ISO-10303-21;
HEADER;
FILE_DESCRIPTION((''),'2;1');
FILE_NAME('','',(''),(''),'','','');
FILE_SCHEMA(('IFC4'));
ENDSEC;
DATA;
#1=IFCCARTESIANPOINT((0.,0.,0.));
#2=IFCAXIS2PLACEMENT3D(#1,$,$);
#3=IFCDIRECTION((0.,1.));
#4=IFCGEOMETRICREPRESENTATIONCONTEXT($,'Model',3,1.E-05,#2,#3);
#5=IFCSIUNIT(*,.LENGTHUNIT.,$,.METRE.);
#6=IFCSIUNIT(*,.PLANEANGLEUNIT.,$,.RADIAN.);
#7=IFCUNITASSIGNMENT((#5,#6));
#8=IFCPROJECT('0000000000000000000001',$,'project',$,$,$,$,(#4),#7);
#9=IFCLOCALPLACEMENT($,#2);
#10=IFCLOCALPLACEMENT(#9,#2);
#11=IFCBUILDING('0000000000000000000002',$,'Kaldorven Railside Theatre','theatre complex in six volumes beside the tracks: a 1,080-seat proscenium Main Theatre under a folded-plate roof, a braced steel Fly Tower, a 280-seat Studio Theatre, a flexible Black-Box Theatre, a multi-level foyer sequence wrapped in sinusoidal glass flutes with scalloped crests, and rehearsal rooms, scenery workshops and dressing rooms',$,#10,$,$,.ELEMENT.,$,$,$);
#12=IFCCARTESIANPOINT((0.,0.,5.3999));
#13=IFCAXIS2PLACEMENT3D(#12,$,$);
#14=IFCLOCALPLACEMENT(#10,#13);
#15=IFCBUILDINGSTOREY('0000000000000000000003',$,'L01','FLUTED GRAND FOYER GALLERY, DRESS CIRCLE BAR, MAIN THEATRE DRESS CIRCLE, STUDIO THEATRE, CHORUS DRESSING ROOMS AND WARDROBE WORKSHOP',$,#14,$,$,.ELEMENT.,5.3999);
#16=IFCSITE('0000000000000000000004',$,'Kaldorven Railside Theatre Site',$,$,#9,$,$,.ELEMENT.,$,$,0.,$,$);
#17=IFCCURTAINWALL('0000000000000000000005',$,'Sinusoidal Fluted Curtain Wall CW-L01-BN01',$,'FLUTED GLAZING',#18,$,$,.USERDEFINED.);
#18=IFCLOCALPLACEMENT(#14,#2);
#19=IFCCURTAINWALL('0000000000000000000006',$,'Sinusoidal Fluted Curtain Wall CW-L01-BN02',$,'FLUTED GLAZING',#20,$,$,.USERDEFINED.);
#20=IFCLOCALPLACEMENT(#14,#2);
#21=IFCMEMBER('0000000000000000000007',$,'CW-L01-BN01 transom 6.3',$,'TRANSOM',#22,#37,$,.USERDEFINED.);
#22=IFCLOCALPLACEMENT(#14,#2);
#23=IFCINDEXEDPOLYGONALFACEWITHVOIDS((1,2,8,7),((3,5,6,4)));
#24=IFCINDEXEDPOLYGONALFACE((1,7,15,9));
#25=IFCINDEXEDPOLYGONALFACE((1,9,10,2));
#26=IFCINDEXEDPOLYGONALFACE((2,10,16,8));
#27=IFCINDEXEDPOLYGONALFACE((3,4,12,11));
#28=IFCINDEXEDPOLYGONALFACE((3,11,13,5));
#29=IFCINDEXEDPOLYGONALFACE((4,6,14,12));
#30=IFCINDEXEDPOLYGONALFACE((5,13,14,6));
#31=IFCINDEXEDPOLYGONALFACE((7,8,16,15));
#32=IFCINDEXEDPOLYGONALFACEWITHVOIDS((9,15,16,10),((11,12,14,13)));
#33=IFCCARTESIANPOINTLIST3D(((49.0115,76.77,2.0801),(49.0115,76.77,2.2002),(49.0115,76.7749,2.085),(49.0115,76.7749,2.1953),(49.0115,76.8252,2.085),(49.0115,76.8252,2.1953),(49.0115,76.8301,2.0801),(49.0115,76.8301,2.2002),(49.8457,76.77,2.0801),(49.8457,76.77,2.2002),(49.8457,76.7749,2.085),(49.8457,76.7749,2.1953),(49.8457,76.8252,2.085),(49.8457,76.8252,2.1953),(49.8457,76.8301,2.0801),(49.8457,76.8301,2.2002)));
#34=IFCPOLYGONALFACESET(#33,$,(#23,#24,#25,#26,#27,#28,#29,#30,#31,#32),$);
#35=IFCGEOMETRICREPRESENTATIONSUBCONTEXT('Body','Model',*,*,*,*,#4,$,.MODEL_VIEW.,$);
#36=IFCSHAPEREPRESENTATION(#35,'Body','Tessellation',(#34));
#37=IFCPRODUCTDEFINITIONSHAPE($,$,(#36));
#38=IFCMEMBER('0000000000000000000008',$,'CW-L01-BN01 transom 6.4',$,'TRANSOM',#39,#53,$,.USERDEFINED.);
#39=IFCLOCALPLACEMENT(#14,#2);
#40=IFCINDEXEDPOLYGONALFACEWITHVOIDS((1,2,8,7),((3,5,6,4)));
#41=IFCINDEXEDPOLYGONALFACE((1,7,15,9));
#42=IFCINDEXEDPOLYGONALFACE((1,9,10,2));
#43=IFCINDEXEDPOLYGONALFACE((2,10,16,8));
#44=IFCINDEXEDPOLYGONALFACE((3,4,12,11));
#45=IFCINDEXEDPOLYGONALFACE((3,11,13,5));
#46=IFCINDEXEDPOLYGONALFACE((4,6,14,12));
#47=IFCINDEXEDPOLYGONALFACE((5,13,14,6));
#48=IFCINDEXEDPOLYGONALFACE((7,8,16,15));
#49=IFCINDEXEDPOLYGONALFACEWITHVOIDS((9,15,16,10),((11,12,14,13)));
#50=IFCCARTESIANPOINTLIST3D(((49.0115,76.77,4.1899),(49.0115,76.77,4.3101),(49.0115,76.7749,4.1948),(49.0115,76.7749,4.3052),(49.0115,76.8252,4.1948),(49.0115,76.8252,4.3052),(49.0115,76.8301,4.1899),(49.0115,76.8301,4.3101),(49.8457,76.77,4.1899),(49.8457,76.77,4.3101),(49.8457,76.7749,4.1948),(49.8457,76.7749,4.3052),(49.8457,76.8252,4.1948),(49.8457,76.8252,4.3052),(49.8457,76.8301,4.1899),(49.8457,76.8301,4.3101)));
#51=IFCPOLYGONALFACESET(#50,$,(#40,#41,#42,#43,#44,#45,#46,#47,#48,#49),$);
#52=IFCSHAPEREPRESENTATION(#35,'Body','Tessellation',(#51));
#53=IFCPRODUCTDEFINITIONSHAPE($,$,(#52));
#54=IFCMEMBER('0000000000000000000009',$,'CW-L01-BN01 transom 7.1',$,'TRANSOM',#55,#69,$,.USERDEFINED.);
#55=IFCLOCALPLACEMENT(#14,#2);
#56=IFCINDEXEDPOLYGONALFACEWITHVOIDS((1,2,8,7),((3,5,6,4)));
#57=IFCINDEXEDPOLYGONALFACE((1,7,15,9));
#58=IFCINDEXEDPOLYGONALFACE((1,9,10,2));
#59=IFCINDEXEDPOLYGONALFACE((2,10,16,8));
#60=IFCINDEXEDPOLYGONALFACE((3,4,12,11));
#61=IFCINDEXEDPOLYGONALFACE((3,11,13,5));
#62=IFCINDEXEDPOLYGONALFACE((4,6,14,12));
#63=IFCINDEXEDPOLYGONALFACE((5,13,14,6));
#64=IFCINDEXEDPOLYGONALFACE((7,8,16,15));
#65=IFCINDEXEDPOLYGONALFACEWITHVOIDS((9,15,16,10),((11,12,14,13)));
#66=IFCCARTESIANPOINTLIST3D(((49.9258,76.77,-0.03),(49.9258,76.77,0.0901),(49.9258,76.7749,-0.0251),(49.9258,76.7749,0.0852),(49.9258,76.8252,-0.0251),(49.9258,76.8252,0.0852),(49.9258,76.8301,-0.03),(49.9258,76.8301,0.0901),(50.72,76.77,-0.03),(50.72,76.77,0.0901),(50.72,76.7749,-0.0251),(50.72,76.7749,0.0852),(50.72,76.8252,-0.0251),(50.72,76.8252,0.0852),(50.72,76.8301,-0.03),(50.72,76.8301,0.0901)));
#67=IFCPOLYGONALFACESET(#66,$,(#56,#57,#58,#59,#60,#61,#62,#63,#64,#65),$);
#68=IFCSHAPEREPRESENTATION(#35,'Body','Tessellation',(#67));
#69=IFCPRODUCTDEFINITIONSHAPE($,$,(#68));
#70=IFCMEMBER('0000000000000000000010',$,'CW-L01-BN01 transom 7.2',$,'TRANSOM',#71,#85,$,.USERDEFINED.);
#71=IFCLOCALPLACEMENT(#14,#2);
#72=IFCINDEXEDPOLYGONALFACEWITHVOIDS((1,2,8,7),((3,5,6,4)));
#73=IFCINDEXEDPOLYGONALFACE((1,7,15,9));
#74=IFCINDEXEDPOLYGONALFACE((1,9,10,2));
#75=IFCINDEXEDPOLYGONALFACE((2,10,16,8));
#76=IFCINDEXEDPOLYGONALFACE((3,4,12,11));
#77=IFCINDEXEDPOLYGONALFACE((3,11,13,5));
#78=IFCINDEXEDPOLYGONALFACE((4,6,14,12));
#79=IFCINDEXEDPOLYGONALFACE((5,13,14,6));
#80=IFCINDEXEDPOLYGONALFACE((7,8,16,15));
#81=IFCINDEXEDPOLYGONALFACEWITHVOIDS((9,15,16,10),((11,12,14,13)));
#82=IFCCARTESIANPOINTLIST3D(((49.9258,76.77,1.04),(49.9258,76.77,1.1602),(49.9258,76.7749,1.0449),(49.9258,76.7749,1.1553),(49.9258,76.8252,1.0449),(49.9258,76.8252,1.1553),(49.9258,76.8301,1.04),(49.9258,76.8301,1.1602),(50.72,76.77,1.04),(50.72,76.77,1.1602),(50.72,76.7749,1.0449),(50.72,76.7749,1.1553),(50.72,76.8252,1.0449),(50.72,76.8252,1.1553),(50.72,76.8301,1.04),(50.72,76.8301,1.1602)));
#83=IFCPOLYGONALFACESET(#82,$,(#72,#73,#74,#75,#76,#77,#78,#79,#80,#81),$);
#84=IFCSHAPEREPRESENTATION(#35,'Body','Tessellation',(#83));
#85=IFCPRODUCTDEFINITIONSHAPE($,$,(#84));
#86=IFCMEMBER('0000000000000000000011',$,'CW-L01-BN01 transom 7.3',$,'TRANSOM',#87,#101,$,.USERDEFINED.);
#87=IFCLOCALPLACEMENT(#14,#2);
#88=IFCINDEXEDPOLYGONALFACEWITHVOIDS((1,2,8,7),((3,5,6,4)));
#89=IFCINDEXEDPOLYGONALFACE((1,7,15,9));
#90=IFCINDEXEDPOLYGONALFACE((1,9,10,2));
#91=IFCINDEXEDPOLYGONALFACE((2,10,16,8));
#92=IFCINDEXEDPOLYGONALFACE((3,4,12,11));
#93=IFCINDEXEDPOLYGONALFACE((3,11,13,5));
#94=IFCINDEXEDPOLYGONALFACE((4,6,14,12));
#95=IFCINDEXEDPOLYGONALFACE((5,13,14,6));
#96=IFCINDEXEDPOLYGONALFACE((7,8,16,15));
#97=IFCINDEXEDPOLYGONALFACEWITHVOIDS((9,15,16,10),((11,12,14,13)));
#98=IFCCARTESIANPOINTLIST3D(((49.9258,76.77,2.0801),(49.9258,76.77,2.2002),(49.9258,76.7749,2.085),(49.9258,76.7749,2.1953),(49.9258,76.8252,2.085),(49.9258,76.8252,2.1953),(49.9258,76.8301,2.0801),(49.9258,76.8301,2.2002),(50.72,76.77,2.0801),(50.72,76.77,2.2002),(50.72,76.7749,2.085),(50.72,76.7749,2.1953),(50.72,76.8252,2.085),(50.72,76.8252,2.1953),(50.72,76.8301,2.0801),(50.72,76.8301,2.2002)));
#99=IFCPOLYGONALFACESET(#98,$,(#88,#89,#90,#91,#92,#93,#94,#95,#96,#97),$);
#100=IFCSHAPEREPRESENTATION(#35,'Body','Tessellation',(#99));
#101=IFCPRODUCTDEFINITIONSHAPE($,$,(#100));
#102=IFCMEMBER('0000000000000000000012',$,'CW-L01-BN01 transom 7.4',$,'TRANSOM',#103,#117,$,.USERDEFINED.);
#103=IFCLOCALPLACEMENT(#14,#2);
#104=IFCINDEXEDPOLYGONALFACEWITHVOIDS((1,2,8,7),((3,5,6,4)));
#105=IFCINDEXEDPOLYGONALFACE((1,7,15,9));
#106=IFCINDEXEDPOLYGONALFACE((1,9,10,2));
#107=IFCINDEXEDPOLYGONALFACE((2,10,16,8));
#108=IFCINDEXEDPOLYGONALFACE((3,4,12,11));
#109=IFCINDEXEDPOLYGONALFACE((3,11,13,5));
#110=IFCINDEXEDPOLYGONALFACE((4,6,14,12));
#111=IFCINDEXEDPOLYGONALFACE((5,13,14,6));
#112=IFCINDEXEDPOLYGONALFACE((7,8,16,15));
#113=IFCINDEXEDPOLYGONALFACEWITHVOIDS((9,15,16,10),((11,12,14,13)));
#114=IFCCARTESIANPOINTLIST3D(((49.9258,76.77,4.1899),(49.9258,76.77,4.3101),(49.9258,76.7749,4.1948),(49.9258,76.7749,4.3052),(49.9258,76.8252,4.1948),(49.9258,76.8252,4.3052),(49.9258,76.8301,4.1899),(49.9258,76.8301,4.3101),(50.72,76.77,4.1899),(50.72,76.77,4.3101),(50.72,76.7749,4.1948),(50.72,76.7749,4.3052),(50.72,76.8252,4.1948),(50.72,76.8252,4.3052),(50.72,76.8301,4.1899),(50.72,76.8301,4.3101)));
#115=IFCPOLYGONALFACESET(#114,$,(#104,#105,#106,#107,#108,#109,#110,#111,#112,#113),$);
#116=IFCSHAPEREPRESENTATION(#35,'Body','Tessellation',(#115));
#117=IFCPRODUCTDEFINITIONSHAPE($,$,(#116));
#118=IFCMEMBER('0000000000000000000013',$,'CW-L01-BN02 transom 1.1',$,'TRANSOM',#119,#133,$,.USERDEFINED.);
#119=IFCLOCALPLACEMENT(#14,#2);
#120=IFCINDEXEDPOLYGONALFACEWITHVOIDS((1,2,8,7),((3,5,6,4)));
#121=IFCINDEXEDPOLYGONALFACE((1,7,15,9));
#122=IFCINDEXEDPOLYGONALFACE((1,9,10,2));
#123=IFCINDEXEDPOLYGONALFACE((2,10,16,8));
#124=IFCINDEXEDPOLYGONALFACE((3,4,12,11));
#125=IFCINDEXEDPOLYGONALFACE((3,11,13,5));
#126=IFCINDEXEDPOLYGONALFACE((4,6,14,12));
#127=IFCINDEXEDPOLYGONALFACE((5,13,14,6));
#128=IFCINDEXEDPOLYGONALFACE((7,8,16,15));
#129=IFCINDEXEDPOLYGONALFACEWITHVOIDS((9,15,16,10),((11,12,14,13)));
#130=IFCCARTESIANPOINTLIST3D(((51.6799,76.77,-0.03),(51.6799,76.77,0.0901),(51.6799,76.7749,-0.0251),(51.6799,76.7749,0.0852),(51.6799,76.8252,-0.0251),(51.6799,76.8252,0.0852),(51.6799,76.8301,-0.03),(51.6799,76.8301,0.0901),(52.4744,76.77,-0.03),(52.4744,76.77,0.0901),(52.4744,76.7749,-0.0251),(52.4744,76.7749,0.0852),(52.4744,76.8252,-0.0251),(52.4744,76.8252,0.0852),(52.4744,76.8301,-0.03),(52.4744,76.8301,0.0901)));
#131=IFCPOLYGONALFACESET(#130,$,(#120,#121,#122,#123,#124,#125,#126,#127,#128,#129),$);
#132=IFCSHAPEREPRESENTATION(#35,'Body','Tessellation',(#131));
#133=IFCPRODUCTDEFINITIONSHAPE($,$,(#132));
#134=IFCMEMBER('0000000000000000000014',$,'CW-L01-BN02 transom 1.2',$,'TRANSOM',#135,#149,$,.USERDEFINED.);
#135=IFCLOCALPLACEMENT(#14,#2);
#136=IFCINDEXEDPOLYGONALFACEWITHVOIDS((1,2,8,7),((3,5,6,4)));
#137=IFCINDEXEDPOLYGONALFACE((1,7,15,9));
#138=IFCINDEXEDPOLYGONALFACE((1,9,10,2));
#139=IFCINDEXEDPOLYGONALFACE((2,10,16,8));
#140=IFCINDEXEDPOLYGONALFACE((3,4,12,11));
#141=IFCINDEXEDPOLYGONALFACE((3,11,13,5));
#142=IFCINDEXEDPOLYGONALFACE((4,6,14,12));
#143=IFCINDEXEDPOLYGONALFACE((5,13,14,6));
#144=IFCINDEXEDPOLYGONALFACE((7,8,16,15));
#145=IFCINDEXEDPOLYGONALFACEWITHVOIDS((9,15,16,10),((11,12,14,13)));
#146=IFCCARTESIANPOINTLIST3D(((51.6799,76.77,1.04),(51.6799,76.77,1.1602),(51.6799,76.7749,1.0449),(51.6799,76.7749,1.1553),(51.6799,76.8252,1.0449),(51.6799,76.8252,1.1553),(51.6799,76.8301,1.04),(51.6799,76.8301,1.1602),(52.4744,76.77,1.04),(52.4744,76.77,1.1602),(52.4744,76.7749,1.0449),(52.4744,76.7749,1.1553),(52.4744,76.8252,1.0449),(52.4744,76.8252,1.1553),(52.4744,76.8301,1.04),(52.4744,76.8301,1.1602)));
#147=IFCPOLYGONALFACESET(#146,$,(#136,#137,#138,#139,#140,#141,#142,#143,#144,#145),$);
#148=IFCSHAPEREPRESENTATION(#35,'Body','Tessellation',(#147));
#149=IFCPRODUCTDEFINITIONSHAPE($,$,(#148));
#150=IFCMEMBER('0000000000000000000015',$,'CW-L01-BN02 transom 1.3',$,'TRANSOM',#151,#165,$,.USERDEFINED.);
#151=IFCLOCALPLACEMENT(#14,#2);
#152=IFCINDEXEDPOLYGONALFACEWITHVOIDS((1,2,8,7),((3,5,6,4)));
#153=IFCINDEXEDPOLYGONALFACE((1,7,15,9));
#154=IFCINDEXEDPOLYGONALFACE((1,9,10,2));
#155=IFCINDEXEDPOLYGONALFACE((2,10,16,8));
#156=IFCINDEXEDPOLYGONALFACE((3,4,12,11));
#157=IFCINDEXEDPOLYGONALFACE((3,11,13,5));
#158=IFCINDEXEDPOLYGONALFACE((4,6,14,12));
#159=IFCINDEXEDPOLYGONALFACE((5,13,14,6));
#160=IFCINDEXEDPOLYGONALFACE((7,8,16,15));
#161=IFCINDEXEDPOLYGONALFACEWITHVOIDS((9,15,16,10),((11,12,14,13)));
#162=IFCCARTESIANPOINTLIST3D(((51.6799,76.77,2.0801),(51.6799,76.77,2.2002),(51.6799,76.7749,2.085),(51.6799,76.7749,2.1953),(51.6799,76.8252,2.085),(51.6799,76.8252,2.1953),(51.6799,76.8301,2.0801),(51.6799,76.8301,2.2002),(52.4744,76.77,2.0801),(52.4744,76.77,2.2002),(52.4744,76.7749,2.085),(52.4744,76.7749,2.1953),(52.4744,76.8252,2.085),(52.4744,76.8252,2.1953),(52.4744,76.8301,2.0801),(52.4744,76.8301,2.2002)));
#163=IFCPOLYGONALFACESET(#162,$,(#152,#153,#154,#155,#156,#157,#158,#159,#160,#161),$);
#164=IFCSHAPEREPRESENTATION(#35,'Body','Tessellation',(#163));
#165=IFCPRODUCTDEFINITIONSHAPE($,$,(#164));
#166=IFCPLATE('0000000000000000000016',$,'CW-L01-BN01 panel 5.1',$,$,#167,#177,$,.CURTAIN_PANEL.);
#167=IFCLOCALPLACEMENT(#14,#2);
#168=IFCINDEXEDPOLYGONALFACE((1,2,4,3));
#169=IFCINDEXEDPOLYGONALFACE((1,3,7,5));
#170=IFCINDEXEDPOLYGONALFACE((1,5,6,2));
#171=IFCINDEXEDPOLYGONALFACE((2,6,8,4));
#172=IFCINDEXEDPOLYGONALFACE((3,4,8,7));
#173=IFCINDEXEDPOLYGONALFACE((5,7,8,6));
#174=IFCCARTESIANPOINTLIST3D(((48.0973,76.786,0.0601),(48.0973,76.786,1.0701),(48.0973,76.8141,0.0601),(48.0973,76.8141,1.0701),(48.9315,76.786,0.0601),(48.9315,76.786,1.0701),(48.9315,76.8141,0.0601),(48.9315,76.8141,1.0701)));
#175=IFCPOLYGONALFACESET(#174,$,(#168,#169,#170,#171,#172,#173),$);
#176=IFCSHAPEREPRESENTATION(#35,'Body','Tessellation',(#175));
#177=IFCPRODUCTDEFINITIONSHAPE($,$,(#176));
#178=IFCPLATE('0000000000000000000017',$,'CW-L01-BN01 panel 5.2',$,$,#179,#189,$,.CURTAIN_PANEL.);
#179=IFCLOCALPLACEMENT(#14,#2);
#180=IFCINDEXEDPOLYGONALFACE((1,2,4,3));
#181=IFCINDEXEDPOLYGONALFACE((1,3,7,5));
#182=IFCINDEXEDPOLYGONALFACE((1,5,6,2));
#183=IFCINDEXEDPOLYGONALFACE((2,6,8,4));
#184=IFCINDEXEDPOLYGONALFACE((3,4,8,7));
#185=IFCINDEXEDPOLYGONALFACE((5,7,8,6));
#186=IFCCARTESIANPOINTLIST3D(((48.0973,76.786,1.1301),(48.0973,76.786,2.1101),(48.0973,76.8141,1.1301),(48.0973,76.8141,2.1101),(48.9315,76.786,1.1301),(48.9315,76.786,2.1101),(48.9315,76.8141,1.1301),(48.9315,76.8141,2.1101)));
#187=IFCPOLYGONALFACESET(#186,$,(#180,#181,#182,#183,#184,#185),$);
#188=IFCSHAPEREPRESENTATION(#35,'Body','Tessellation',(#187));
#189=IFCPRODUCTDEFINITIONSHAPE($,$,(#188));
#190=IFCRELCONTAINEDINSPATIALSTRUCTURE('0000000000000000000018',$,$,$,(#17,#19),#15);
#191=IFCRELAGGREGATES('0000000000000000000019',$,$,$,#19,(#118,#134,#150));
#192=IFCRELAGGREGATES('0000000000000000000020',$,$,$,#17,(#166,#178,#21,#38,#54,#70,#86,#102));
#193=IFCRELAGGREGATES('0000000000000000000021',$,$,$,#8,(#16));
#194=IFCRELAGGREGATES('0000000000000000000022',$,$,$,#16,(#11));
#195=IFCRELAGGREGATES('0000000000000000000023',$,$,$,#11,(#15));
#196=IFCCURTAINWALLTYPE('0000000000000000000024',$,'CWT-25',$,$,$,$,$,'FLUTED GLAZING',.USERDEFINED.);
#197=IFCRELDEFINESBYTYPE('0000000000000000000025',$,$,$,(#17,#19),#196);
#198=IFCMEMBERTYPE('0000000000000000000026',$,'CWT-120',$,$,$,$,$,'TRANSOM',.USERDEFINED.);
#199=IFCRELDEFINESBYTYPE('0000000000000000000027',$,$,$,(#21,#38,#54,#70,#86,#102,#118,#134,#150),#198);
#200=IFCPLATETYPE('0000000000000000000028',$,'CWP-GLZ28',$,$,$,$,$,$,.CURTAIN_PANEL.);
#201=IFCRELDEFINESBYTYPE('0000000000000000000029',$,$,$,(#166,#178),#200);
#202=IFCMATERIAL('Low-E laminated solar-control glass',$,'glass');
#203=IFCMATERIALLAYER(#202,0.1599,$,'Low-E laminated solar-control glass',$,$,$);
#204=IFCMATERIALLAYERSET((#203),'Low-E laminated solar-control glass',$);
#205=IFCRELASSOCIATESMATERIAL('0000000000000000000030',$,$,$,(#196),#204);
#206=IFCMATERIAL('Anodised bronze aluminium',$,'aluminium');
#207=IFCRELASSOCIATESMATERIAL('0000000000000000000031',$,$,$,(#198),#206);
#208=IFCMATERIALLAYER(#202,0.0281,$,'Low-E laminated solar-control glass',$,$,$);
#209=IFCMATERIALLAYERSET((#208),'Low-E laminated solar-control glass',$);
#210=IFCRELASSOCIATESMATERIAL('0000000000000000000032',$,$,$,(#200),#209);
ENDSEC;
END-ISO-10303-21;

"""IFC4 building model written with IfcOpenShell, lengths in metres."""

from ifc_helpers import new_model, si_unit, direction, frame, origin, origin_2d, place, context, subcontext, project, spatial, rectangle, hollow_rectangle, extrude, material, layer, layer_set, material_profile, profile_set, type_object, element, aggregate, save


model = new_model("IFC4")

# Units and contexts
model_context = context("Model", 3, precision=1e-05, world=origin(), true_north=direction((0.0, 1.0)))
body_context = subcontext(model_context, "Body", "Model", "MODEL_VIEW")
ifc_project = project(units=[si_unit("LENGTHUNIT", "METRE"), si_unit("PLANEANGLEUNIT", "RADIAN")], contexts=[model_context])

# Site, building, storey
site_placement = place(None, origin())
site = spatial("IfcSite", under=ifc_project, at=site_placement, Name="Kaldorven Railside Theatre Site", CompositionType="ELEMENT", RefElevation=0.0)
building_placement = place(site_placement, origin())
building = spatial("IfcBuilding", under=site, at=building_placement, Name="Kaldorven Railside Theatre", Description="theatre complex in six volumes beside the tracks: a 1,080-seat proscenium Main Theatre under a folded-plate roof, a braced steel Fly Tower, a 280-seat Studio Theatre, a flexible Black-Box Theatre, a multi-level foyer sequence wrapped in sinusoidal glass flutes with scalloped crests, and rehearsal rooms, scenery workshops and dressing rooms", CompositionType="ELEMENT")
storey_placement = place(building_placement, frame((0.0, 0.0, 5.3999)))
storey = spatial("IfcBuildingStorey", under=building, at=storey_placement, Name="L01", Description="FLUTED GRAND FOYER GALLERY, DRESS CIRCLE BAR, MAIN THEATRE DRESS CIRCLE, STUDIO THEATRE, CHORUS DRESSING ROOMS AND WARDROBE WORKSHOP", CompositionType="ELEMENT", Elevation=5.3999)

# Curtain wall
ifc_material_1 = material(Name="Low-E laminated solar-control glass", Category="glass")
ifc_layer_1 = layer(ifc_material_1, 0.1599, Name="Low-E laminated solar-control glass")
ifc_layer_set_1 = layer_set([ifc_layer_1], Name="Low-E laminated solar-control glass")
curtain_wall_type = type_object("IfcCurtainWallType", Name="CWT-25", ElementType="FLUTED GLAZING", PredefinedType="USERDEFINED", material=ifc_layer_set_1)
curtain_wall_1_placement = place(storey_placement, origin())
curtain_wall_1 = element("IfcCurtainWall", 1, at=curtain_wall_1_placement, inside=storey, type_object=curtain_wall_type, Name="Sinusoidal Fluted Curtain Wall CW-L01-BN01", ObjectType="FLUTED GLAZING", PredefinedType="USERDEFINED")
ifc_material_2 = material(Name="Anodised bronze aluminium", Category="aluminium")

# Curtain wall
curtain_wall_2_placement = place(storey_placement, origin())
curtain_wall_2 = element("IfcCurtainWall", 2, at=curtain_wall_2_placement, inside=storey, type_object=curtain_wall_type, Name="Sinusoidal Fluted Curtain Wall CW-L01-BN02", ObjectType="FLUTED GLAZING", PredefinedType="USERDEFINED")

# Members
ifc_material_profile_1 = material_profile(ifc_material_2, hollow_rectangle(XDim=0.0601, YDim=0.1201, WallThickness=0.0049, at=origin_2d()), Name="RHS 120x60x5")
ifc_profile_set_1 = profile_set([ifc_material_profile_1], Name="Anodised bronze aluminium")
member_type_1 = type_object("IfcMemberType", Name="CWT-120", ElementType="TRANSOM", PredefinedType="USERDEFINED", material=ifc_profile_set_1)
member_1_placement = place(storey_placement, frame((49.0115, 76.8, 2.1401), z_axis=(1.0, 0.0, 0.0), x_axis=(0.0, 1.0, 0.0)))
member_1 = element("IfcMember", 3, at=member_1_placement, type_object=member_type_1, Name="CW-L01-BN01 transom 6.3", ObjectType="TRANSOM", PredefinedType="USERDEFINED", context=body_context, shape_type="SweptSolid", body=[
    extrude(hollow_rectangle(XDim=0.0601, YDim=0.1201, WallThickness=0.0049, at=origin_2d()), origin(), (0.0, 0.0, 1.0), 0.8342),
])
member_2_placement = place(storey_placement, frame((49.0115, 76.8, 4.25), z_axis=(1.0, 0.0, 0.0), x_axis=(0.0, 1.0, 0.0)))
member_2 = element("IfcMember", 4, at=member_2_placement, type_object=member_type_1, Name="CW-L01-BN01 transom 6.4", ObjectType="TRANSOM", PredefinedType="USERDEFINED", context=body_context, shape_type="SweptSolid", body=[
    extrude(hollow_rectangle(XDim=0.0601, YDim=0.1201, WallThickness=0.0049, at=origin_2d()), origin(), (0.0, 0.0, 1.0), 0.8342),
])
member_3_placement = place(storey_placement, frame((49.9258, 76.8, 0.03), z_axis=(1.0, 0.0, 0.0), x_axis=(0.0, 1.0, 0.0)))
member_3 = element("IfcMember", 5, at=member_3_placement, type_object=member_type_1, Name="CW-L01-BN01 transom 7.1", ObjectType="TRANSOM", PredefinedType="USERDEFINED", context=body_context, shape_type="SweptSolid", body=[
    extrude(hollow_rectangle(XDim=0.0601, YDim=0.1201, WallThickness=0.0049, at=origin_2d()), origin(), (0.0, 0.0, 1.0), 0.7942),
])
member_4_placement = place(storey_placement, frame((49.9258, 76.8, 1.1001), z_axis=(1.0, 0.0, 0.0), x_axis=(0.0, 1.0, 0.0)))
member_4 = element("IfcMember", 6, at=member_4_placement, type_object=member_type_1, Name="CW-L01-BN01 transom 7.2", ObjectType="TRANSOM", PredefinedType="USERDEFINED", context=body_context, shape_type="SweptSolid", body=[
    extrude(hollow_rectangle(XDim=0.0601, YDim=0.1201, WallThickness=0.0049, at=origin_2d()), origin(), (0.0, 0.0, 1.0), 0.7942),
])
member_5_placement = place(storey_placement, frame((49.9258, 76.8, 2.1401), z_axis=(1.0, 0.0, 0.0), x_axis=(0.0, 1.0, 0.0)))
member_5 = element("IfcMember", 7, at=member_5_placement, type_object=member_type_1, Name="CW-L01-BN01 transom 7.3", ObjectType="TRANSOM", PredefinedType="USERDEFINED", context=body_context, shape_type="SweptSolid", body=[
    extrude(hollow_rectangle(XDim=0.0601, YDim=0.1201, WallThickness=0.0049, at=origin_2d()), origin(), (0.0, 0.0, 1.0), 0.7942),
])
member_6_placement = place(storey_placement, frame((49.9258, 76.8, 4.25), z_axis=(1.0, 0.0, 0.0), x_axis=(0.0, 1.0, 0.0)))
member_6 = element("IfcMember", 8, at=member_6_placement, type_object=member_type_1, Name="CW-L01-BN01 transom 7.4", ObjectType="TRANSOM", PredefinedType="USERDEFINED", context=body_context, shape_type="SweptSolid", body=[
    extrude(hollow_rectangle(XDim=0.0601, YDim=0.1201, WallThickness=0.0049, at=origin_2d()), origin(), (0.0, 0.0, 1.0), 0.7942),
])
member_7_placement = place(storey_placement, frame((51.6799, 76.8, 0.03), z_axis=(1.0, 0.0, 0.0), x_axis=(0.0, 1.0, 0.0)))
member_7 = element("IfcMember", 9, at=member_7_placement, type_object=member_type_1, Name="CW-L01-BN02 transom 1.1", ObjectType="TRANSOM", PredefinedType="USERDEFINED", context=body_context, shape_type="SweptSolid", body=[
    extrude(hollow_rectangle(XDim=0.0601, YDim=0.1201, WallThickness=0.0049, at=origin_2d()), origin(), (0.0, 0.0, 1.0), 0.7944),
])
member_8_placement = place(storey_placement, frame((51.6799, 76.8, 1.1001), z_axis=(1.0, 0.0, 0.0), x_axis=(0.0, 1.0, 0.0)))
member_8 = element("IfcMember", 10, at=member_8_placement, type_object=member_type_1, Name="CW-L01-BN02 transom 1.2", ObjectType="TRANSOM", PredefinedType="USERDEFINED", context=body_context, shape_type="SweptSolid", body=[
    extrude(hollow_rectangle(XDim=0.0601, YDim=0.1201, WallThickness=0.0049, at=origin_2d()), origin(), (0.0, 0.0, 1.0), 0.7944),
])
member_9_placement = place(storey_placement, frame((51.6799, 76.8, 2.1401), z_axis=(1.0, 0.0, 0.0), x_axis=(0.0, 1.0, 0.0)))
member_9 = element("IfcMember", 11, at=member_9_placement, type_object=member_type_1, Name="CW-L01-BN02 transom 1.3", ObjectType="TRANSOM", PredefinedType="USERDEFINED", context=body_context, shape_type="SweptSolid", body=[
    extrude(hollow_rectangle(XDim=0.0601, YDim=0.1201, WallThickness=0.0049, at=origin_2d()), origin(), (0.0, 0.0, 1.0), 0.7944),
])
aggregate(curtain_wall_2, [member_7, member_8, member_9])

# Plates
ifc_layer_2 = layer(ifc_material_1, 0.0281, Name="Low-E laminated solar-control glass")
ifc_layer_set_2 = layer_set([ifc_layer_2], Name="Low-E laminated solar-control glass")
plate_type = type_object("IfcPlateType", Name="CWP-GLZ28", PredefinedType="CURTAIN_PANEL", material=ifc_layer_set_2)
plate_1_placement = place(storey_placement, frame((48.5144, 76.8, 0.0601), z_axis=(0.0, 0.0, 1.0), x_axis=(1.0, 0.0, 0.0)))
plate_1 = element("IfcPlate", 12, at=plate_1_placement, type_object=plate_type, Name="CW-L01-BN01 panel 5.1", PredefinedType="CURTAIN_PANEL", context=body_context, shape_type="SweptSolid", body=[
    extrude(rectangle(XDim=0.8342, YDim=0.0281, at=origin_2d()), origin(), (0.0, 0.0, 1.0), 1.01),
])
plate_2_placement = place(storey_placement, frame((48.5144, 76.8, 1.1301), z_axis=(0.0, 0.0, 1.0), x_axis=(1.0, 0.0, 0.0)))
plate_2 = element("IfcPlate", 13, at=plate_2_placement, type_object=plate_type, Name="CW-L01-BN01 panel 5.2", PredefinedType="CURTAIN_PANEL", context=body_context, shape_type="SweptSolid", body=[
    extrude(rectangle(XDim=0.8342, YDim=0.0281, at=origin_2d()), origin(), (0.0, 0.0, 1.0), 0.98),
])
aggregate(curtain_wall_1, [plate_1, plate_2, member_1, member_2, member_3, member_4, member_5, member_6])

save(model, "model.ifc")
